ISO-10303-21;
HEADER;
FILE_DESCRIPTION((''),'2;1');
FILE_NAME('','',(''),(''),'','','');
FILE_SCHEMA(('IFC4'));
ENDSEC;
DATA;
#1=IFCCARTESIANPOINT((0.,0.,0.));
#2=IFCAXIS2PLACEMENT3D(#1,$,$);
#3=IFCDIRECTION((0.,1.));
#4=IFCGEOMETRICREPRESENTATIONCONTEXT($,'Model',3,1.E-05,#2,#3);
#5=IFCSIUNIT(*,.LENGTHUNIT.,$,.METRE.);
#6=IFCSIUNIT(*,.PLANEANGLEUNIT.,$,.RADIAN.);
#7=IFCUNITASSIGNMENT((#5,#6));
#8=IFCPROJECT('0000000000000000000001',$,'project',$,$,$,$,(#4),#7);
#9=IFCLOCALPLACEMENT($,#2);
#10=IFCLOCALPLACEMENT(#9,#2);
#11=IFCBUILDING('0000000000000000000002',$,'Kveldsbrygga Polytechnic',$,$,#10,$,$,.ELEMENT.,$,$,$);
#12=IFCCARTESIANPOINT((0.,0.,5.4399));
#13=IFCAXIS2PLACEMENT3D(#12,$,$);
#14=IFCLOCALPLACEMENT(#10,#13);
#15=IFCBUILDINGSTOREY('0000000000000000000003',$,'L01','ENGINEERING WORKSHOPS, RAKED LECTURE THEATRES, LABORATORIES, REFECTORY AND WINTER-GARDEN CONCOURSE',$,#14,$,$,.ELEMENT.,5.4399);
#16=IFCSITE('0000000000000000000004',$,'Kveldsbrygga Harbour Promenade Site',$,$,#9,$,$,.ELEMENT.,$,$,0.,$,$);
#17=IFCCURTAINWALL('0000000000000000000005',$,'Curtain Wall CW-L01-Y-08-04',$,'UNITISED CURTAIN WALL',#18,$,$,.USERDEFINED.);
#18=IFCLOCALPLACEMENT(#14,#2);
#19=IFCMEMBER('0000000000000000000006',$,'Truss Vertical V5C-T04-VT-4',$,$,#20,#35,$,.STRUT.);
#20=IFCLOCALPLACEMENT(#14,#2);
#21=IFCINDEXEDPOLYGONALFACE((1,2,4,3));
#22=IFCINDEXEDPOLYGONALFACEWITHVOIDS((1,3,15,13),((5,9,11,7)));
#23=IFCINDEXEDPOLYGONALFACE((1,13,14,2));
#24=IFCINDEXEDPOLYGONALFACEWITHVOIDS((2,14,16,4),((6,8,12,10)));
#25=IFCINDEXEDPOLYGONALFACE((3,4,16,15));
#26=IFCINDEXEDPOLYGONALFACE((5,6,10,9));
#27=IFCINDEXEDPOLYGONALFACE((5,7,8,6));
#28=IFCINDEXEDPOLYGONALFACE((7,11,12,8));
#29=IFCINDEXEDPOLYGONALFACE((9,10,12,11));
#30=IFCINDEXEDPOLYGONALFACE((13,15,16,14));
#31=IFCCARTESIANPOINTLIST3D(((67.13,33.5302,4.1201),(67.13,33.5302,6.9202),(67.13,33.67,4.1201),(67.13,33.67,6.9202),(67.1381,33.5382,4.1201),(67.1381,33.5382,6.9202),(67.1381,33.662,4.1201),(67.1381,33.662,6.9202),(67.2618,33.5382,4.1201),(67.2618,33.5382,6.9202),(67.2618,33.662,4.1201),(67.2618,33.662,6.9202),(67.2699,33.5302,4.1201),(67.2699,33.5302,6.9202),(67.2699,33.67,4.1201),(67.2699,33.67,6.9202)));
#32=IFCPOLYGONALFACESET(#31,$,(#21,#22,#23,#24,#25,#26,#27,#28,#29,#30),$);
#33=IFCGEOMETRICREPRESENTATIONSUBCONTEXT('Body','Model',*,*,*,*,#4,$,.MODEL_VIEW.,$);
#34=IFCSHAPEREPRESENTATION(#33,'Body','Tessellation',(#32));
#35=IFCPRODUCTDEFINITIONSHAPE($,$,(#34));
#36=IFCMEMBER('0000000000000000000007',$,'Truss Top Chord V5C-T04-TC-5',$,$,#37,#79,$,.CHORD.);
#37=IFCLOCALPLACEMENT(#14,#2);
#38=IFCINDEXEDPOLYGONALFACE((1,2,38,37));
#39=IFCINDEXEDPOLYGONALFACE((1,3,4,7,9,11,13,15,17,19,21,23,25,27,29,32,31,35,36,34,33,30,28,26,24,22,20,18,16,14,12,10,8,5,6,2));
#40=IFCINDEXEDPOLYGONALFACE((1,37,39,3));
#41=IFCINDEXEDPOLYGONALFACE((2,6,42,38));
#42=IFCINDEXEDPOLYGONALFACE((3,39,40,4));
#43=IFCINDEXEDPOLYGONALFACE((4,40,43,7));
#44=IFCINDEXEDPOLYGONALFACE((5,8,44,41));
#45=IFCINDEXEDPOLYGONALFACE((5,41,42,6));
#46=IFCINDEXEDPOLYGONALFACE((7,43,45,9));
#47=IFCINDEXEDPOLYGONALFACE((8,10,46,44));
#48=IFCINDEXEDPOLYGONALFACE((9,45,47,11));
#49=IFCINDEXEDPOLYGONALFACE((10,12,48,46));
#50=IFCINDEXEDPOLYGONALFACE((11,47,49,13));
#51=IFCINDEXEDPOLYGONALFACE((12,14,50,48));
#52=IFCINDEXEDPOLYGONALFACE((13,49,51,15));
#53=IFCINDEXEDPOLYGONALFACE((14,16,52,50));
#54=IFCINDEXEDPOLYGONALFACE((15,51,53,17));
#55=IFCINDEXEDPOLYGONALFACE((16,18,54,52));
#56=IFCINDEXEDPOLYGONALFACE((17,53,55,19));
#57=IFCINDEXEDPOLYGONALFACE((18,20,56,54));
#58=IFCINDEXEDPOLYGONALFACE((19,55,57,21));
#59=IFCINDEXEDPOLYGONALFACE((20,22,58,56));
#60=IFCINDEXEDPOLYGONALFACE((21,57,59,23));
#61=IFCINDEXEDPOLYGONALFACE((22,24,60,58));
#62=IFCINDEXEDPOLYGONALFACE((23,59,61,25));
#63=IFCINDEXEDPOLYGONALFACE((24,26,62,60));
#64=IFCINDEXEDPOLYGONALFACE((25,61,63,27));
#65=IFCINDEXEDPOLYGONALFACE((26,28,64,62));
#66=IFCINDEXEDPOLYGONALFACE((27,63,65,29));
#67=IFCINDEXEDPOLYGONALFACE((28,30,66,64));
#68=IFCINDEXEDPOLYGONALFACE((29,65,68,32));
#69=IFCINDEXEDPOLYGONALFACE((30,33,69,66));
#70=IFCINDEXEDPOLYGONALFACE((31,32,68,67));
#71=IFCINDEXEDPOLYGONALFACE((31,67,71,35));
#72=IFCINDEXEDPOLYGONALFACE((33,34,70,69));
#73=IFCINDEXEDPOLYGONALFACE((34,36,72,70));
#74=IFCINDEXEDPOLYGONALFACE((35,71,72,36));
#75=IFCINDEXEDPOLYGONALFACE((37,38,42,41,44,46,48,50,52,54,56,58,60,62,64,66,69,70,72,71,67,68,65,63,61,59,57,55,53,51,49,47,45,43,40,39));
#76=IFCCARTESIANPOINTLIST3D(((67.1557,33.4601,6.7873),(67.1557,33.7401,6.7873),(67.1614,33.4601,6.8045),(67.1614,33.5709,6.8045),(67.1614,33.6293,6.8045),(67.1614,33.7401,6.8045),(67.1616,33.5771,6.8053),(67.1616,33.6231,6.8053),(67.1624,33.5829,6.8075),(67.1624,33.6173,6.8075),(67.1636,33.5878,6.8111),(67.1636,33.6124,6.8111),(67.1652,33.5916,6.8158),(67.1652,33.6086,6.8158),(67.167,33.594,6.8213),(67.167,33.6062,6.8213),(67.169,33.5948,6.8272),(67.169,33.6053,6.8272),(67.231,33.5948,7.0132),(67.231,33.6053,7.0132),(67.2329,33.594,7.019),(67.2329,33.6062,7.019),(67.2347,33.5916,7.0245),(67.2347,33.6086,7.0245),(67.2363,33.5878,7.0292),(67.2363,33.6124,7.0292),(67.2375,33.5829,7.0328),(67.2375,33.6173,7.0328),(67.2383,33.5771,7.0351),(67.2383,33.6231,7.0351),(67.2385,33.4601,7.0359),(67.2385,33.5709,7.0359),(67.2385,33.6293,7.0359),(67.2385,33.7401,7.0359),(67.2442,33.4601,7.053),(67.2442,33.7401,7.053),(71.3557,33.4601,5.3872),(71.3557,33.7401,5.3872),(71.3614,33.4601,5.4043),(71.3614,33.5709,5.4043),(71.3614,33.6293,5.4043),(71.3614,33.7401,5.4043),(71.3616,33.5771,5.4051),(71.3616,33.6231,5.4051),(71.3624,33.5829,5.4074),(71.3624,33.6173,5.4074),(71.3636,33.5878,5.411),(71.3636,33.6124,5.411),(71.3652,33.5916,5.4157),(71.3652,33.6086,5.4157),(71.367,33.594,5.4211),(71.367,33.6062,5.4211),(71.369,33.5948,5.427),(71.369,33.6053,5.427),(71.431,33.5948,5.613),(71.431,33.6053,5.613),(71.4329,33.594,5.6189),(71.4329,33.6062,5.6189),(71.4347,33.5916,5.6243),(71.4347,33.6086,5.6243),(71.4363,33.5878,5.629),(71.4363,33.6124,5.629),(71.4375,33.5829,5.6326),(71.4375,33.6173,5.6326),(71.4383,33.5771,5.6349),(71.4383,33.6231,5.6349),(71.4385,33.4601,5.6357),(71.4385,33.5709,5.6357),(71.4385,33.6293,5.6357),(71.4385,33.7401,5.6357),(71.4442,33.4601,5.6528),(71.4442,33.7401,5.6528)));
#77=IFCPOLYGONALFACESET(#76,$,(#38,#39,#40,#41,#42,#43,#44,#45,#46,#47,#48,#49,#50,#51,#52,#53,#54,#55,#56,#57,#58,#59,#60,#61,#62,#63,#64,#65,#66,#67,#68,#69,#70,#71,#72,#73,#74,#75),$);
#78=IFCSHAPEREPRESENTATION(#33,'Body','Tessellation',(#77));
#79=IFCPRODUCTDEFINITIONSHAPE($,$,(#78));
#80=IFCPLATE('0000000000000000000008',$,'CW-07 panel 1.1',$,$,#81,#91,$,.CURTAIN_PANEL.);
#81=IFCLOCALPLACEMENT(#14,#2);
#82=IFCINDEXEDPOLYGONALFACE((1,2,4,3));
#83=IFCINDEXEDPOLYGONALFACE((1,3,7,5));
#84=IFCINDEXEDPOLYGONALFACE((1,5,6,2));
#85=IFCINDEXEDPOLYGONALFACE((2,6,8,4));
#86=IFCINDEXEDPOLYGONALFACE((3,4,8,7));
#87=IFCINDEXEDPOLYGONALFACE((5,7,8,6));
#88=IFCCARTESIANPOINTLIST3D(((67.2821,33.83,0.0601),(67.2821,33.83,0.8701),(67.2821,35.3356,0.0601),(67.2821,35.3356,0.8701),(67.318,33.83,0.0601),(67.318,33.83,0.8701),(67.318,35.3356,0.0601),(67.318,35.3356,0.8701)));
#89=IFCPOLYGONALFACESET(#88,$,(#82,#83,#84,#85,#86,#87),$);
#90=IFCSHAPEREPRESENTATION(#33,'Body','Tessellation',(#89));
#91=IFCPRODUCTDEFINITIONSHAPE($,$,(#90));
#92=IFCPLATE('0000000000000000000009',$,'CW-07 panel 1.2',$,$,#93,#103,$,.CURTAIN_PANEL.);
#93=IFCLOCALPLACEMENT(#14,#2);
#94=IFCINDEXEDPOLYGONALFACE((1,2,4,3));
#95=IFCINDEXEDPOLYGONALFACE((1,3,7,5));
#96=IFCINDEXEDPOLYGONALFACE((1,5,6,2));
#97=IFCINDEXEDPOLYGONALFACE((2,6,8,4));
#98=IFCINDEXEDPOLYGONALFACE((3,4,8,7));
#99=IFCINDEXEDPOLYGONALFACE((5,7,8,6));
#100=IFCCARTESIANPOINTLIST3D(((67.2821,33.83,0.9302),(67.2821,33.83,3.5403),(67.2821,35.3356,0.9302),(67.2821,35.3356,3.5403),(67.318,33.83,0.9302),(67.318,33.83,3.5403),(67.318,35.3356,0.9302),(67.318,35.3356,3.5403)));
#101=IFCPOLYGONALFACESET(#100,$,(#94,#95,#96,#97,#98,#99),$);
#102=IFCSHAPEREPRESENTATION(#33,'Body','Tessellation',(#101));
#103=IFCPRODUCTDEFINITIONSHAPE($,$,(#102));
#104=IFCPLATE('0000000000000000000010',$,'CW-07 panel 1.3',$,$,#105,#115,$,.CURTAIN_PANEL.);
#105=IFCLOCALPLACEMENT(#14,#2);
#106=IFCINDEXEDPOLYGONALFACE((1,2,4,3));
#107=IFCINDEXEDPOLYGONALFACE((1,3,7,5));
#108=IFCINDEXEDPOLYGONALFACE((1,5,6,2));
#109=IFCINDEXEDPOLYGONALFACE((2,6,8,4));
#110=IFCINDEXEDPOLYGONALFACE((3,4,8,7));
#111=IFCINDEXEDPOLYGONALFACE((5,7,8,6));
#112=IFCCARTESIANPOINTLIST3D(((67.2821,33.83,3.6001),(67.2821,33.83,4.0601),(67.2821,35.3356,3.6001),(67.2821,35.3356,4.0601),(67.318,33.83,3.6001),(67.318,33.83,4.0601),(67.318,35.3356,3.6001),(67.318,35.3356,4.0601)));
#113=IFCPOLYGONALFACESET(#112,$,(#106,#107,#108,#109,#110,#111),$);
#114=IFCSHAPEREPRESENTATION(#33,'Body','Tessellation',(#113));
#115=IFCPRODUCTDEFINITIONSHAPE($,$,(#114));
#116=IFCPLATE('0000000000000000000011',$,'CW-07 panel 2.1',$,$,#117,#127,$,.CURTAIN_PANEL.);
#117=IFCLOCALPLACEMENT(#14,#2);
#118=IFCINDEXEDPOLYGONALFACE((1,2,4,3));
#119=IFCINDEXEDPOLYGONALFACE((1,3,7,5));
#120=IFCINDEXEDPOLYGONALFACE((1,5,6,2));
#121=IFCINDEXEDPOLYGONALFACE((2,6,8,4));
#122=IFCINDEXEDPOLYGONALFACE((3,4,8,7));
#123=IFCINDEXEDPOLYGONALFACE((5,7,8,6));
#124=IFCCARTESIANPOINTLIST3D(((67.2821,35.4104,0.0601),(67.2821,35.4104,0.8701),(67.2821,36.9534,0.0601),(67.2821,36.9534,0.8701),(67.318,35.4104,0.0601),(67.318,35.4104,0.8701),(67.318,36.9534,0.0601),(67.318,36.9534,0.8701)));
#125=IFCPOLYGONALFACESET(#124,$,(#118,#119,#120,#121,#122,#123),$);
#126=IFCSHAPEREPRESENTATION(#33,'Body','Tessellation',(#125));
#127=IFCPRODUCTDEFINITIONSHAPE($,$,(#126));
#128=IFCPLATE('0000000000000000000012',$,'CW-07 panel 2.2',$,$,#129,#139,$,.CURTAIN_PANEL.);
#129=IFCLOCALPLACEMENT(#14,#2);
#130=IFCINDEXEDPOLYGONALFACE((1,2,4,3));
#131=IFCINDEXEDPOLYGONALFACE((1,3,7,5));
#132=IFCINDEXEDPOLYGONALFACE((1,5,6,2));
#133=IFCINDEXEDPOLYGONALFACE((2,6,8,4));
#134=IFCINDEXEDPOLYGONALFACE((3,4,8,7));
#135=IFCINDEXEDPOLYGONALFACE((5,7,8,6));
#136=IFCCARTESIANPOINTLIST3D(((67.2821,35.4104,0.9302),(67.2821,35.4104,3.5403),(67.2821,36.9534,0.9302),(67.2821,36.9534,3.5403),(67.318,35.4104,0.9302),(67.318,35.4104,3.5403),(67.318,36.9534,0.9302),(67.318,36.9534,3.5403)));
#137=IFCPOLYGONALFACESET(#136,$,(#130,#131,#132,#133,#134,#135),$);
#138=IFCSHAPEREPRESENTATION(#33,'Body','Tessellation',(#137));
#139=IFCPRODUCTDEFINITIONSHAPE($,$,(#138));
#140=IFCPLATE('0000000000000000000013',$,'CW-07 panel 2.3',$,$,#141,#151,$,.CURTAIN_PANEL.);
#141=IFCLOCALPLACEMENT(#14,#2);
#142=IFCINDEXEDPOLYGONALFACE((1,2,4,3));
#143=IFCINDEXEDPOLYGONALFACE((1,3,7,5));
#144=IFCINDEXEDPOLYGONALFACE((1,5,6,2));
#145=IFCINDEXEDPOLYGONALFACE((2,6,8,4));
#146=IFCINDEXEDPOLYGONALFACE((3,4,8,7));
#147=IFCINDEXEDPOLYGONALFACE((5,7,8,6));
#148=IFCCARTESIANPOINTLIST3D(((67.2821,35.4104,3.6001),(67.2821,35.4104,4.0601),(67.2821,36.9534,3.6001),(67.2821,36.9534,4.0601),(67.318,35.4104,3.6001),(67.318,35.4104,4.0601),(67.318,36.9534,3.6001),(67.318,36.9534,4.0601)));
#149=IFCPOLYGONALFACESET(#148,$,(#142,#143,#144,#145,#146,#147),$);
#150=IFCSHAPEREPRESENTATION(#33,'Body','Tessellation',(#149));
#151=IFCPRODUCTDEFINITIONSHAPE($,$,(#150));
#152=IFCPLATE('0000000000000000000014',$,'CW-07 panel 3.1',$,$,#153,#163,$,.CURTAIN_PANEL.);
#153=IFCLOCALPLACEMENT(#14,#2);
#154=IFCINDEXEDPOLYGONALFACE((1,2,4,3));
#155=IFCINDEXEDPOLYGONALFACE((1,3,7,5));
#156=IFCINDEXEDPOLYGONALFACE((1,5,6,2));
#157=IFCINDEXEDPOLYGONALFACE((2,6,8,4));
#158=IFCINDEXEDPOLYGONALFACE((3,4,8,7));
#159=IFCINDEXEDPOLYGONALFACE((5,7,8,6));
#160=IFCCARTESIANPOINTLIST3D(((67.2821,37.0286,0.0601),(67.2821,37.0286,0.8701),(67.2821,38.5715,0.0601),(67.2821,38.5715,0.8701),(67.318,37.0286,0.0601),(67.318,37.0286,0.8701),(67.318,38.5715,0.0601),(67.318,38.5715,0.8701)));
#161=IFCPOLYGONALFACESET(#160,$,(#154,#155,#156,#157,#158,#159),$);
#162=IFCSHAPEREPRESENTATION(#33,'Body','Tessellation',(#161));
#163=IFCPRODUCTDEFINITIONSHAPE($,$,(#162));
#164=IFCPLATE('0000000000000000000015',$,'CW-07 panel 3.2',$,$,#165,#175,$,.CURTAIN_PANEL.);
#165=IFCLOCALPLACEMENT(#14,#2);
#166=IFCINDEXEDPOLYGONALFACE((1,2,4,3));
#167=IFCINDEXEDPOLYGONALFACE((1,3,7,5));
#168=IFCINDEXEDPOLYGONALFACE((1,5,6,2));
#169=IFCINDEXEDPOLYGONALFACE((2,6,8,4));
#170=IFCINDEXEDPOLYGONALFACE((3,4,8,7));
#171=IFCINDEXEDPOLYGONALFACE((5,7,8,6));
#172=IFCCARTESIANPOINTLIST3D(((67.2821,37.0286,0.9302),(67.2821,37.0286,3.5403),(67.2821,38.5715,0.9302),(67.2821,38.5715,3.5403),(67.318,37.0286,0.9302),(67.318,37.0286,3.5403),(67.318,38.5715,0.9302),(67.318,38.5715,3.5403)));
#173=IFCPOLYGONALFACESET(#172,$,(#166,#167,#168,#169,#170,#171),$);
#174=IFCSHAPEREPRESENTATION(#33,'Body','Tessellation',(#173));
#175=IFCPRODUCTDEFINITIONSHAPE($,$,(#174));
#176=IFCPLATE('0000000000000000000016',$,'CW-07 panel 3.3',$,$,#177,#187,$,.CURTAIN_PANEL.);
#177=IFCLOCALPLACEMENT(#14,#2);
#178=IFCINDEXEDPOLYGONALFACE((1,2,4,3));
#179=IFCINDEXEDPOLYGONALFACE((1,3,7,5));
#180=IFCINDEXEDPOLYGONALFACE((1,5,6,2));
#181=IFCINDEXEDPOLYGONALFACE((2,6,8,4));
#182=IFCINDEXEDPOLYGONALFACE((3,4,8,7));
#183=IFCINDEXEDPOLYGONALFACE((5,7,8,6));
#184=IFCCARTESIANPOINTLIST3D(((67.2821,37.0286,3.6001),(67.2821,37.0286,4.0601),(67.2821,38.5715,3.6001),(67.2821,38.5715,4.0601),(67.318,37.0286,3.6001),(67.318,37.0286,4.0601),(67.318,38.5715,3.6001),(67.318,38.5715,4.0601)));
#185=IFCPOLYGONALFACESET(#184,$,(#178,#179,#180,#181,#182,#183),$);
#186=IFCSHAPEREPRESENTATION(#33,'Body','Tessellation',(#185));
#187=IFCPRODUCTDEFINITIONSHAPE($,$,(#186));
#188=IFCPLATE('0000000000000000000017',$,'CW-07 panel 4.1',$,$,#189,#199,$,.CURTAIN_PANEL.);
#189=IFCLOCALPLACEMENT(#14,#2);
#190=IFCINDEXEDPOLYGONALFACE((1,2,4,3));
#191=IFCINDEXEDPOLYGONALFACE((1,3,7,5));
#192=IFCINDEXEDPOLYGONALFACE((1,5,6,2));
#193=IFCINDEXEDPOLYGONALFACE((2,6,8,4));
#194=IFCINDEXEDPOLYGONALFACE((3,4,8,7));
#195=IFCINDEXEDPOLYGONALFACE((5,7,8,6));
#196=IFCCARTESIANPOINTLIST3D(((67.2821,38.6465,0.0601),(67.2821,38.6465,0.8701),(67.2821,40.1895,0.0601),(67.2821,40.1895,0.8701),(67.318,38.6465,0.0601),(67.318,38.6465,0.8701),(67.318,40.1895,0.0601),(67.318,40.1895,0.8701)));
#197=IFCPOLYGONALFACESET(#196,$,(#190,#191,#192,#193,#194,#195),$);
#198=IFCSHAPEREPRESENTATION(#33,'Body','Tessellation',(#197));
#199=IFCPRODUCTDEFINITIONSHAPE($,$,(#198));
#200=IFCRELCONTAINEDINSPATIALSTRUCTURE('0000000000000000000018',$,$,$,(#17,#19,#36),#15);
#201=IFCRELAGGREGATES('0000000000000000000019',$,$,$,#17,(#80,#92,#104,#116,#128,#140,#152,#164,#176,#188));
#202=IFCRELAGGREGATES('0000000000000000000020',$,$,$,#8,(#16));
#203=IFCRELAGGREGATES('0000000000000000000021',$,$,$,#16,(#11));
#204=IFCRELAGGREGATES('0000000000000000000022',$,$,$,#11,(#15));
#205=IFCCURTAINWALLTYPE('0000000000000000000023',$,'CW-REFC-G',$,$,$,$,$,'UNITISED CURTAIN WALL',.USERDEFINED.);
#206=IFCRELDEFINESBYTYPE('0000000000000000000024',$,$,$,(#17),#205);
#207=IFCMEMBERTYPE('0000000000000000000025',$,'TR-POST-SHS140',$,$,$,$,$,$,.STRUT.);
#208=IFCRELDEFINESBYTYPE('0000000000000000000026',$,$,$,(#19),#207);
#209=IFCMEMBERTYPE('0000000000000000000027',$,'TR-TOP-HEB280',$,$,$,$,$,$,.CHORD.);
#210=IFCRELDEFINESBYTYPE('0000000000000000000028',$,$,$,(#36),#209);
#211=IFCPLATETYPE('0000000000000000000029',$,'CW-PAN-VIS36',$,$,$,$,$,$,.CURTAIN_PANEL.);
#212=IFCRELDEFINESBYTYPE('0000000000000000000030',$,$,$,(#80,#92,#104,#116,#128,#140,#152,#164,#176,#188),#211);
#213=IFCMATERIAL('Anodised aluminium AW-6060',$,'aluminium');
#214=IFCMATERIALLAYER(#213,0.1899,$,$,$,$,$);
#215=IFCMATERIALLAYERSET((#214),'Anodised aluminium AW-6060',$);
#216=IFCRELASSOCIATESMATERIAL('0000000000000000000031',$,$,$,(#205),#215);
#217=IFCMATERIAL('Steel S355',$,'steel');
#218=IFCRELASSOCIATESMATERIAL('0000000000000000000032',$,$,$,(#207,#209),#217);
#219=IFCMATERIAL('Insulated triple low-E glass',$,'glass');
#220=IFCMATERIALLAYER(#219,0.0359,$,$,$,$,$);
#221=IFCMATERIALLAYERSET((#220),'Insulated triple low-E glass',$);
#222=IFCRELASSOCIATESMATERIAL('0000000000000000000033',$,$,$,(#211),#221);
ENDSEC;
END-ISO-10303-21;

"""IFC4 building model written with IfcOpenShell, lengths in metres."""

from ifc_helpers import new_model, si_unit, direction, frame, origin, origin_2d, place, context, subcontext, project, spatial, rectangle, hollow_rectangle, i_section, extrude, material, layer, layer_set, material_profile, profile_set, type_object, element, aggregate, save


model = new_model("IFC4")

# Units and contexts
model_context = context("Model", 3, precision=1e-05, world=origin(), true_north=direction((0.0, 1.0)))
body_context = subcontext(model_context, "Body", "Model", "MODEL_VIEW")
ifc_project = project(units=[si_unit("LENGTHUNIT", "METRE"), si_unit("PLANEANGLEUNIT", "RADIAN")], contexts=[model_context])

# Site, building, storey
site_placement = place(None, origin())
site = spatial("IfcSite", under=ifc_project, at=site_placement, Name="Kveldsbrygga Harbour Promenade Site", CompositionType="ELEMENT", RefElevation=0.0)
building_placement = place(site_placement, origin())
building = spatial("IfcBuilding", under=site, at=building_placement, Name="Kveldsbrygga Polytechnic", CompositionType="ELEMENT")
storey_placement = place(building_placement, frame((0.0, 0.0, 5.4399)))
storey = spatial("IfcBuildingStorey", under=building, at=storey_placement, Name="L01", Description="ENGINEERING WORKSHOPS, RAKED LECTURE THEATRES, LABORATORIES, REFECTORY AND WINTER-GARDEN CONCOURSE", CompositionType="ELEMENT", Elevation=5.4399)

# Shared definitions
ifc_material_1 = material(Name="Steel S355", Category="steel")

# Curtain wall
ifc_material_2 = material(Name="Anodised aluminium AW-6060", Category="aluminium")
ifc_layer_1 = layer(ifc_material_2, 0.1899)
ifc_layer_set_1 = layer_set([ifc_layer_1], Name="Anodised aluminium AW-6060")
curtain_wall_type = type_object("IfcCurtainWallType", Name="CW-REFC-G", ElementType="UNITISED CURTAIN WALL", PredefinedType="USERDEFINED", material=ifc_layer_set_1)
curtain_wall_placement = place(storey_placement, origin())
curtain_wall = element("IfcCurtainWall", 1, at=curtain_wall_placement, inside=storey, type_object=curtain_wall_type, Name="Curtain Wall CW-L01-Y-08-04", ObjectType="UNITISED CURTAIN WALL", PredefinedType="USERDEFINED")

# Members
ifc_material_profile_1 = material_profile(ifc_material_1, hollow_rectangle(XDim=0.1399, YDim=0.1399, WallThickness=0.0081, at=origin_2d()), Name="SHS 140x140x8.0")
ifc_profile_set_1 = profile_set([ifc_material_profile_1], Name="Steel S355")
member_type_1 = type_object("IfcMemberType", Name="TR-POST-SHS140", PredefinedType="STRUT", material=ifc_profile_set_1)
member_1_placement = place(storey_placement, frame((67.2, 33.6001, 4.1201), z_axis=(0.0, 0.0, 1.0), x_axis=(1.0, 0.0, 0.0)))
element("IfcMember", 2, at=member_1_placement, inside=storey, type_object=member_type_1, Name="Truss Vertical V5C-T04-VT-4", PredefinedType="STRUT", context=body_context, shape_type="SweptSolid", body=[
    extrude(hollow_rectangle(XDim=0.1399, YDim=0.1399, WallThickness=0.0081, at=origin_2d()), origin(), (0.0, 0.0, 1.0), 2.8),
])
ifc_material_profile_2 = material_profile(ifc_material_1, i_section(OverallWidth=0.28, OverallDepth=0.28, WebThickness=0.0105, FlangeThickness=0.0181, FilletRadius=0.0239, at=origin_2d()), Name="HEB 280")
ifc_profile_set_2 = profile_set([ifc_material_profile_2], Name="Steel S355")
member_type_2 = type_object("IfcMemberType", Name="TR-TOP-HEB280", PredefinedType="CHORD", material=ifc_profile_set_2)
member_2_placement = place(storey_placement, frame((67.2, 33.6001, 6.9202), z_axis=(0.948672, 0.0, -0.316261), x_axis=(0.0, 1.0, 0.0)))
element("IfcMember", 3, at=member_2_placement, inside=storey, type_object=member_type_2, Name="Truss Top Chord V5C-T04-TC-5", PredefinedType="CHORD", context=body_context, shape_type="SweptSolid", body=[
    extrude(i_section(OverallWidth=0.28, OverallDepth=0.28, WebThickness=0.0105, FlangeThickness=0.0181, FilletRadius=0.0239, at=origin_2d()), origin(), (0.0, 0.0, 1.0), 4.4272),
])

# Plates
ifc_material_3 = material(Name="Insulated triple low-E glass", Category="glass")
ifc_layer_2 = layer(ifc_material_3, 0.0359)
ifc_layer_set_2 = layer_set([ifc_layer_2], Name="Insulated triple low-E glass")
plate_type_1 = type_object("IfcPlateType", Name="CW-PAN-VIS36", PredefinedType="CURTAIN_PANEL", material=ifc_layer_set_2)
plate_1_placement = place(storey_placement, frame((67.3, 34.5828, 0.0601), z_axis=(0.0, 0.0, 1.0), x_axis=(0.0, 1.0, 0.0)))
plate_1 = element("IfcPlate", 4, at=plate_1_placement, type_object=plate_type_1, Name="CW-07 panel 1.1", PredefinedType="CURTAIN_PANEL", context=body_context, shape_type="SweptSolid", body=[
    extrude(rectangle(XDim=1.5056, YDim=0.0359, at=origin_2d()), origin(), (0.0, 0.0, 1.0), 0.8101),
])
plate_2_placement = place(storey_placement, frame((67.3, 34.5828, 0.9302), z_axis=(0.0, 0.0, 1.0), x_axis=(0.0, 1.0, 0.0)))
plate_2 = element("IfcPlate", 5, at=plate_2_placement, type_object=plate_type_1, Name="CW-07 panel 1.2", PredefinedType="CURTAIN_PANEL", context=body_context, shape_type="SweptSolid", body=[
    extrude(rectangle(XDim=1.5056, YDim=0.0359, at=origin_2d()), origin(), (0.0, 0.0, 1.0), 2.6101),
])
plate_3_placement = place(storey_placement, frame((67.3, 34.5828, 3.6001), z_axis=(0.0, 0.0, 1.0), x_axis=(0.0, 1.0, 0.0)))
plate_3 = element("IfcPlate", 6, at=plate_3_placement, type_object=plate_type_1, Name="CW-07 panel 1.3", PredefinedType="CURTAIN_PANEL", context=body_context, shape_type="SweptSolid", body=[
    extrude(rectangle(XDim=1.5056, YDim=0.0359, at=origin_2d()), origin(), (0.0, 0.0, 1.0), 0.46),
])
plate_4_placement = place(storey_placement, frame((67.3, 36.1819, 0.0601), z_axis=(0.0, 0.0, 1.0), x_axis=(0.0, 1.0, 0.0)))
plate_4 = element("IfcPlate", 7, at=plate_4_placement, type_object=plate_type_1, Name="CW-07 panel 2.1", PredefinedType="CURTAIN_PANEL", context=body_context, shape_type="SweptSolid", body=[
    extrude(rectangle(XDim=1.543, YDim=0.0359, at=origin_2d()), origin(), (0.0, 0.0, 1.0), 0.8101),
])
plate_5_placement = place(storey_placement, frame((67.3, 36.1819, 0.9302), z_axis=(0.0, 0.0, 1.0), x_axis=(0.0, 1.0, 0.0)))
plate_5 = element("IfcPlate", 8, at=plate_5_placement, type_object=plate_type_1, Name="CW-07 panel 2.2", PredefinedType="CURTAIN_PANEL", context=body_context, shape_type="SweptSolid", body=[
    extrude(rectangle(XDim=1.543, YDim=0.0359, at=origin_2d()), origin(), (0.0, 0.0, 1.0), 2.6101),
])
plate_6_placement = place(storey_placement, frame((67.3, 36.1819, 3.6001), z_axis=(0.0, 0.0, 1.0), x_axis=(0.0, 1.0, 0.0)))
plate_6 = element("IfcPlate", 9, at=plate_6_placement, type_object=plate_type_1, Name="CW-07 panel 2.3", PredefinedType="CURTAIN_PANEL", context=body_context, shape_type="SweptSolid", body=[
    extrude(rectangle(XDim=1.543, YDim=0.0359, at=origin_2d()), origin(), (0.0, 0.0, 1.0), 0.46),
])
plate_7_placement = place(storey_placement, frame((67.3, 37.8, 0.0601), z_axis=(0.0, 0.0, 1.0), x_axis=(0.0, 1.0, 0.0)))
plate_7 = element("IfcPlate", 10, at=plate_7_placement, type_object=plate_type_1, Name="CW-07 panel 3.1", PredefinedType="CURTAIN_PANEL", context=body_context, shape_type="SweptSolid", body=[
    extrude(rectangle(XDim=1.543, YDim=0.0359, at=origin_2d()), origin(), (0.0, 0.0, 1.0), 0.8101),
])
plate_8_placement = place(storey_placement, frame((67.3, 37.8, 0.9302), z_axis=(0.0, 0.0, 1.0), x_axis=(0.0, 1.0, 0.0)))
plate_8 = element("IfcPlate", 11, at=plate_8_placement, type_object=plate_type_1, Name="CW-07 panel 3.2", PredefinedType="CURTAIN_PANEL", context=body_context, shape_type="SweptSolid", body=[
    extrude(rectangle(XDim=1.543, YDim=0.0359, at=origin_2d()), origin(), (0.0, 0.0, 1.0), 2.6101),
])
plate_9_placement = place(storey_placement, frame((67.3, 37.8, 3.6001), z_axis=(0.0, 0.0, 1.0), x_axis=(0.0, 1.0, 0.0)))
plate_9 = element("IfcPlate", 12, at=plate_9_placement, type_object=plate_type_1, Name="CW-07 panel 3.3", PredefinedType="CURTAIN_PANEL", context=body_context, shape_type="SweptSolid", body=[
    extrude(rectangle(XDim=1.543, YDim=0.0359, at=origin_2d()), origin(), (0.0, 0.0, 1.0), 0.46),
])
plate_10_placement = place(storey_placement, frame((67.3, 39.418, 0.0601), z_axis=(0.0, 0.0, 1.0), x_axis=(0.0, 1.0, 0.0)))
plate_10 = element("IfcPlate", 13, at=plate_10_placement, type_object=plate_type_1, Name="CW-07 panel 4.1", PredefinedType="CURTAIN_PANEL", context=body_context, shape_type="SweptSolid", body=[
    extrude(rectangle(XDim=1.543, YDim=0.0359, at=origin_2d()), origin(), (0.0, 0.0, 1.0), 0.8101),
])
aggregate(curtain_wall, [plate_1, plate_2, plate_3, plate_4, plate_5, plate_6, plate_7, plate_8, plate_9, plate_10])

save(model, "model.ifc")
